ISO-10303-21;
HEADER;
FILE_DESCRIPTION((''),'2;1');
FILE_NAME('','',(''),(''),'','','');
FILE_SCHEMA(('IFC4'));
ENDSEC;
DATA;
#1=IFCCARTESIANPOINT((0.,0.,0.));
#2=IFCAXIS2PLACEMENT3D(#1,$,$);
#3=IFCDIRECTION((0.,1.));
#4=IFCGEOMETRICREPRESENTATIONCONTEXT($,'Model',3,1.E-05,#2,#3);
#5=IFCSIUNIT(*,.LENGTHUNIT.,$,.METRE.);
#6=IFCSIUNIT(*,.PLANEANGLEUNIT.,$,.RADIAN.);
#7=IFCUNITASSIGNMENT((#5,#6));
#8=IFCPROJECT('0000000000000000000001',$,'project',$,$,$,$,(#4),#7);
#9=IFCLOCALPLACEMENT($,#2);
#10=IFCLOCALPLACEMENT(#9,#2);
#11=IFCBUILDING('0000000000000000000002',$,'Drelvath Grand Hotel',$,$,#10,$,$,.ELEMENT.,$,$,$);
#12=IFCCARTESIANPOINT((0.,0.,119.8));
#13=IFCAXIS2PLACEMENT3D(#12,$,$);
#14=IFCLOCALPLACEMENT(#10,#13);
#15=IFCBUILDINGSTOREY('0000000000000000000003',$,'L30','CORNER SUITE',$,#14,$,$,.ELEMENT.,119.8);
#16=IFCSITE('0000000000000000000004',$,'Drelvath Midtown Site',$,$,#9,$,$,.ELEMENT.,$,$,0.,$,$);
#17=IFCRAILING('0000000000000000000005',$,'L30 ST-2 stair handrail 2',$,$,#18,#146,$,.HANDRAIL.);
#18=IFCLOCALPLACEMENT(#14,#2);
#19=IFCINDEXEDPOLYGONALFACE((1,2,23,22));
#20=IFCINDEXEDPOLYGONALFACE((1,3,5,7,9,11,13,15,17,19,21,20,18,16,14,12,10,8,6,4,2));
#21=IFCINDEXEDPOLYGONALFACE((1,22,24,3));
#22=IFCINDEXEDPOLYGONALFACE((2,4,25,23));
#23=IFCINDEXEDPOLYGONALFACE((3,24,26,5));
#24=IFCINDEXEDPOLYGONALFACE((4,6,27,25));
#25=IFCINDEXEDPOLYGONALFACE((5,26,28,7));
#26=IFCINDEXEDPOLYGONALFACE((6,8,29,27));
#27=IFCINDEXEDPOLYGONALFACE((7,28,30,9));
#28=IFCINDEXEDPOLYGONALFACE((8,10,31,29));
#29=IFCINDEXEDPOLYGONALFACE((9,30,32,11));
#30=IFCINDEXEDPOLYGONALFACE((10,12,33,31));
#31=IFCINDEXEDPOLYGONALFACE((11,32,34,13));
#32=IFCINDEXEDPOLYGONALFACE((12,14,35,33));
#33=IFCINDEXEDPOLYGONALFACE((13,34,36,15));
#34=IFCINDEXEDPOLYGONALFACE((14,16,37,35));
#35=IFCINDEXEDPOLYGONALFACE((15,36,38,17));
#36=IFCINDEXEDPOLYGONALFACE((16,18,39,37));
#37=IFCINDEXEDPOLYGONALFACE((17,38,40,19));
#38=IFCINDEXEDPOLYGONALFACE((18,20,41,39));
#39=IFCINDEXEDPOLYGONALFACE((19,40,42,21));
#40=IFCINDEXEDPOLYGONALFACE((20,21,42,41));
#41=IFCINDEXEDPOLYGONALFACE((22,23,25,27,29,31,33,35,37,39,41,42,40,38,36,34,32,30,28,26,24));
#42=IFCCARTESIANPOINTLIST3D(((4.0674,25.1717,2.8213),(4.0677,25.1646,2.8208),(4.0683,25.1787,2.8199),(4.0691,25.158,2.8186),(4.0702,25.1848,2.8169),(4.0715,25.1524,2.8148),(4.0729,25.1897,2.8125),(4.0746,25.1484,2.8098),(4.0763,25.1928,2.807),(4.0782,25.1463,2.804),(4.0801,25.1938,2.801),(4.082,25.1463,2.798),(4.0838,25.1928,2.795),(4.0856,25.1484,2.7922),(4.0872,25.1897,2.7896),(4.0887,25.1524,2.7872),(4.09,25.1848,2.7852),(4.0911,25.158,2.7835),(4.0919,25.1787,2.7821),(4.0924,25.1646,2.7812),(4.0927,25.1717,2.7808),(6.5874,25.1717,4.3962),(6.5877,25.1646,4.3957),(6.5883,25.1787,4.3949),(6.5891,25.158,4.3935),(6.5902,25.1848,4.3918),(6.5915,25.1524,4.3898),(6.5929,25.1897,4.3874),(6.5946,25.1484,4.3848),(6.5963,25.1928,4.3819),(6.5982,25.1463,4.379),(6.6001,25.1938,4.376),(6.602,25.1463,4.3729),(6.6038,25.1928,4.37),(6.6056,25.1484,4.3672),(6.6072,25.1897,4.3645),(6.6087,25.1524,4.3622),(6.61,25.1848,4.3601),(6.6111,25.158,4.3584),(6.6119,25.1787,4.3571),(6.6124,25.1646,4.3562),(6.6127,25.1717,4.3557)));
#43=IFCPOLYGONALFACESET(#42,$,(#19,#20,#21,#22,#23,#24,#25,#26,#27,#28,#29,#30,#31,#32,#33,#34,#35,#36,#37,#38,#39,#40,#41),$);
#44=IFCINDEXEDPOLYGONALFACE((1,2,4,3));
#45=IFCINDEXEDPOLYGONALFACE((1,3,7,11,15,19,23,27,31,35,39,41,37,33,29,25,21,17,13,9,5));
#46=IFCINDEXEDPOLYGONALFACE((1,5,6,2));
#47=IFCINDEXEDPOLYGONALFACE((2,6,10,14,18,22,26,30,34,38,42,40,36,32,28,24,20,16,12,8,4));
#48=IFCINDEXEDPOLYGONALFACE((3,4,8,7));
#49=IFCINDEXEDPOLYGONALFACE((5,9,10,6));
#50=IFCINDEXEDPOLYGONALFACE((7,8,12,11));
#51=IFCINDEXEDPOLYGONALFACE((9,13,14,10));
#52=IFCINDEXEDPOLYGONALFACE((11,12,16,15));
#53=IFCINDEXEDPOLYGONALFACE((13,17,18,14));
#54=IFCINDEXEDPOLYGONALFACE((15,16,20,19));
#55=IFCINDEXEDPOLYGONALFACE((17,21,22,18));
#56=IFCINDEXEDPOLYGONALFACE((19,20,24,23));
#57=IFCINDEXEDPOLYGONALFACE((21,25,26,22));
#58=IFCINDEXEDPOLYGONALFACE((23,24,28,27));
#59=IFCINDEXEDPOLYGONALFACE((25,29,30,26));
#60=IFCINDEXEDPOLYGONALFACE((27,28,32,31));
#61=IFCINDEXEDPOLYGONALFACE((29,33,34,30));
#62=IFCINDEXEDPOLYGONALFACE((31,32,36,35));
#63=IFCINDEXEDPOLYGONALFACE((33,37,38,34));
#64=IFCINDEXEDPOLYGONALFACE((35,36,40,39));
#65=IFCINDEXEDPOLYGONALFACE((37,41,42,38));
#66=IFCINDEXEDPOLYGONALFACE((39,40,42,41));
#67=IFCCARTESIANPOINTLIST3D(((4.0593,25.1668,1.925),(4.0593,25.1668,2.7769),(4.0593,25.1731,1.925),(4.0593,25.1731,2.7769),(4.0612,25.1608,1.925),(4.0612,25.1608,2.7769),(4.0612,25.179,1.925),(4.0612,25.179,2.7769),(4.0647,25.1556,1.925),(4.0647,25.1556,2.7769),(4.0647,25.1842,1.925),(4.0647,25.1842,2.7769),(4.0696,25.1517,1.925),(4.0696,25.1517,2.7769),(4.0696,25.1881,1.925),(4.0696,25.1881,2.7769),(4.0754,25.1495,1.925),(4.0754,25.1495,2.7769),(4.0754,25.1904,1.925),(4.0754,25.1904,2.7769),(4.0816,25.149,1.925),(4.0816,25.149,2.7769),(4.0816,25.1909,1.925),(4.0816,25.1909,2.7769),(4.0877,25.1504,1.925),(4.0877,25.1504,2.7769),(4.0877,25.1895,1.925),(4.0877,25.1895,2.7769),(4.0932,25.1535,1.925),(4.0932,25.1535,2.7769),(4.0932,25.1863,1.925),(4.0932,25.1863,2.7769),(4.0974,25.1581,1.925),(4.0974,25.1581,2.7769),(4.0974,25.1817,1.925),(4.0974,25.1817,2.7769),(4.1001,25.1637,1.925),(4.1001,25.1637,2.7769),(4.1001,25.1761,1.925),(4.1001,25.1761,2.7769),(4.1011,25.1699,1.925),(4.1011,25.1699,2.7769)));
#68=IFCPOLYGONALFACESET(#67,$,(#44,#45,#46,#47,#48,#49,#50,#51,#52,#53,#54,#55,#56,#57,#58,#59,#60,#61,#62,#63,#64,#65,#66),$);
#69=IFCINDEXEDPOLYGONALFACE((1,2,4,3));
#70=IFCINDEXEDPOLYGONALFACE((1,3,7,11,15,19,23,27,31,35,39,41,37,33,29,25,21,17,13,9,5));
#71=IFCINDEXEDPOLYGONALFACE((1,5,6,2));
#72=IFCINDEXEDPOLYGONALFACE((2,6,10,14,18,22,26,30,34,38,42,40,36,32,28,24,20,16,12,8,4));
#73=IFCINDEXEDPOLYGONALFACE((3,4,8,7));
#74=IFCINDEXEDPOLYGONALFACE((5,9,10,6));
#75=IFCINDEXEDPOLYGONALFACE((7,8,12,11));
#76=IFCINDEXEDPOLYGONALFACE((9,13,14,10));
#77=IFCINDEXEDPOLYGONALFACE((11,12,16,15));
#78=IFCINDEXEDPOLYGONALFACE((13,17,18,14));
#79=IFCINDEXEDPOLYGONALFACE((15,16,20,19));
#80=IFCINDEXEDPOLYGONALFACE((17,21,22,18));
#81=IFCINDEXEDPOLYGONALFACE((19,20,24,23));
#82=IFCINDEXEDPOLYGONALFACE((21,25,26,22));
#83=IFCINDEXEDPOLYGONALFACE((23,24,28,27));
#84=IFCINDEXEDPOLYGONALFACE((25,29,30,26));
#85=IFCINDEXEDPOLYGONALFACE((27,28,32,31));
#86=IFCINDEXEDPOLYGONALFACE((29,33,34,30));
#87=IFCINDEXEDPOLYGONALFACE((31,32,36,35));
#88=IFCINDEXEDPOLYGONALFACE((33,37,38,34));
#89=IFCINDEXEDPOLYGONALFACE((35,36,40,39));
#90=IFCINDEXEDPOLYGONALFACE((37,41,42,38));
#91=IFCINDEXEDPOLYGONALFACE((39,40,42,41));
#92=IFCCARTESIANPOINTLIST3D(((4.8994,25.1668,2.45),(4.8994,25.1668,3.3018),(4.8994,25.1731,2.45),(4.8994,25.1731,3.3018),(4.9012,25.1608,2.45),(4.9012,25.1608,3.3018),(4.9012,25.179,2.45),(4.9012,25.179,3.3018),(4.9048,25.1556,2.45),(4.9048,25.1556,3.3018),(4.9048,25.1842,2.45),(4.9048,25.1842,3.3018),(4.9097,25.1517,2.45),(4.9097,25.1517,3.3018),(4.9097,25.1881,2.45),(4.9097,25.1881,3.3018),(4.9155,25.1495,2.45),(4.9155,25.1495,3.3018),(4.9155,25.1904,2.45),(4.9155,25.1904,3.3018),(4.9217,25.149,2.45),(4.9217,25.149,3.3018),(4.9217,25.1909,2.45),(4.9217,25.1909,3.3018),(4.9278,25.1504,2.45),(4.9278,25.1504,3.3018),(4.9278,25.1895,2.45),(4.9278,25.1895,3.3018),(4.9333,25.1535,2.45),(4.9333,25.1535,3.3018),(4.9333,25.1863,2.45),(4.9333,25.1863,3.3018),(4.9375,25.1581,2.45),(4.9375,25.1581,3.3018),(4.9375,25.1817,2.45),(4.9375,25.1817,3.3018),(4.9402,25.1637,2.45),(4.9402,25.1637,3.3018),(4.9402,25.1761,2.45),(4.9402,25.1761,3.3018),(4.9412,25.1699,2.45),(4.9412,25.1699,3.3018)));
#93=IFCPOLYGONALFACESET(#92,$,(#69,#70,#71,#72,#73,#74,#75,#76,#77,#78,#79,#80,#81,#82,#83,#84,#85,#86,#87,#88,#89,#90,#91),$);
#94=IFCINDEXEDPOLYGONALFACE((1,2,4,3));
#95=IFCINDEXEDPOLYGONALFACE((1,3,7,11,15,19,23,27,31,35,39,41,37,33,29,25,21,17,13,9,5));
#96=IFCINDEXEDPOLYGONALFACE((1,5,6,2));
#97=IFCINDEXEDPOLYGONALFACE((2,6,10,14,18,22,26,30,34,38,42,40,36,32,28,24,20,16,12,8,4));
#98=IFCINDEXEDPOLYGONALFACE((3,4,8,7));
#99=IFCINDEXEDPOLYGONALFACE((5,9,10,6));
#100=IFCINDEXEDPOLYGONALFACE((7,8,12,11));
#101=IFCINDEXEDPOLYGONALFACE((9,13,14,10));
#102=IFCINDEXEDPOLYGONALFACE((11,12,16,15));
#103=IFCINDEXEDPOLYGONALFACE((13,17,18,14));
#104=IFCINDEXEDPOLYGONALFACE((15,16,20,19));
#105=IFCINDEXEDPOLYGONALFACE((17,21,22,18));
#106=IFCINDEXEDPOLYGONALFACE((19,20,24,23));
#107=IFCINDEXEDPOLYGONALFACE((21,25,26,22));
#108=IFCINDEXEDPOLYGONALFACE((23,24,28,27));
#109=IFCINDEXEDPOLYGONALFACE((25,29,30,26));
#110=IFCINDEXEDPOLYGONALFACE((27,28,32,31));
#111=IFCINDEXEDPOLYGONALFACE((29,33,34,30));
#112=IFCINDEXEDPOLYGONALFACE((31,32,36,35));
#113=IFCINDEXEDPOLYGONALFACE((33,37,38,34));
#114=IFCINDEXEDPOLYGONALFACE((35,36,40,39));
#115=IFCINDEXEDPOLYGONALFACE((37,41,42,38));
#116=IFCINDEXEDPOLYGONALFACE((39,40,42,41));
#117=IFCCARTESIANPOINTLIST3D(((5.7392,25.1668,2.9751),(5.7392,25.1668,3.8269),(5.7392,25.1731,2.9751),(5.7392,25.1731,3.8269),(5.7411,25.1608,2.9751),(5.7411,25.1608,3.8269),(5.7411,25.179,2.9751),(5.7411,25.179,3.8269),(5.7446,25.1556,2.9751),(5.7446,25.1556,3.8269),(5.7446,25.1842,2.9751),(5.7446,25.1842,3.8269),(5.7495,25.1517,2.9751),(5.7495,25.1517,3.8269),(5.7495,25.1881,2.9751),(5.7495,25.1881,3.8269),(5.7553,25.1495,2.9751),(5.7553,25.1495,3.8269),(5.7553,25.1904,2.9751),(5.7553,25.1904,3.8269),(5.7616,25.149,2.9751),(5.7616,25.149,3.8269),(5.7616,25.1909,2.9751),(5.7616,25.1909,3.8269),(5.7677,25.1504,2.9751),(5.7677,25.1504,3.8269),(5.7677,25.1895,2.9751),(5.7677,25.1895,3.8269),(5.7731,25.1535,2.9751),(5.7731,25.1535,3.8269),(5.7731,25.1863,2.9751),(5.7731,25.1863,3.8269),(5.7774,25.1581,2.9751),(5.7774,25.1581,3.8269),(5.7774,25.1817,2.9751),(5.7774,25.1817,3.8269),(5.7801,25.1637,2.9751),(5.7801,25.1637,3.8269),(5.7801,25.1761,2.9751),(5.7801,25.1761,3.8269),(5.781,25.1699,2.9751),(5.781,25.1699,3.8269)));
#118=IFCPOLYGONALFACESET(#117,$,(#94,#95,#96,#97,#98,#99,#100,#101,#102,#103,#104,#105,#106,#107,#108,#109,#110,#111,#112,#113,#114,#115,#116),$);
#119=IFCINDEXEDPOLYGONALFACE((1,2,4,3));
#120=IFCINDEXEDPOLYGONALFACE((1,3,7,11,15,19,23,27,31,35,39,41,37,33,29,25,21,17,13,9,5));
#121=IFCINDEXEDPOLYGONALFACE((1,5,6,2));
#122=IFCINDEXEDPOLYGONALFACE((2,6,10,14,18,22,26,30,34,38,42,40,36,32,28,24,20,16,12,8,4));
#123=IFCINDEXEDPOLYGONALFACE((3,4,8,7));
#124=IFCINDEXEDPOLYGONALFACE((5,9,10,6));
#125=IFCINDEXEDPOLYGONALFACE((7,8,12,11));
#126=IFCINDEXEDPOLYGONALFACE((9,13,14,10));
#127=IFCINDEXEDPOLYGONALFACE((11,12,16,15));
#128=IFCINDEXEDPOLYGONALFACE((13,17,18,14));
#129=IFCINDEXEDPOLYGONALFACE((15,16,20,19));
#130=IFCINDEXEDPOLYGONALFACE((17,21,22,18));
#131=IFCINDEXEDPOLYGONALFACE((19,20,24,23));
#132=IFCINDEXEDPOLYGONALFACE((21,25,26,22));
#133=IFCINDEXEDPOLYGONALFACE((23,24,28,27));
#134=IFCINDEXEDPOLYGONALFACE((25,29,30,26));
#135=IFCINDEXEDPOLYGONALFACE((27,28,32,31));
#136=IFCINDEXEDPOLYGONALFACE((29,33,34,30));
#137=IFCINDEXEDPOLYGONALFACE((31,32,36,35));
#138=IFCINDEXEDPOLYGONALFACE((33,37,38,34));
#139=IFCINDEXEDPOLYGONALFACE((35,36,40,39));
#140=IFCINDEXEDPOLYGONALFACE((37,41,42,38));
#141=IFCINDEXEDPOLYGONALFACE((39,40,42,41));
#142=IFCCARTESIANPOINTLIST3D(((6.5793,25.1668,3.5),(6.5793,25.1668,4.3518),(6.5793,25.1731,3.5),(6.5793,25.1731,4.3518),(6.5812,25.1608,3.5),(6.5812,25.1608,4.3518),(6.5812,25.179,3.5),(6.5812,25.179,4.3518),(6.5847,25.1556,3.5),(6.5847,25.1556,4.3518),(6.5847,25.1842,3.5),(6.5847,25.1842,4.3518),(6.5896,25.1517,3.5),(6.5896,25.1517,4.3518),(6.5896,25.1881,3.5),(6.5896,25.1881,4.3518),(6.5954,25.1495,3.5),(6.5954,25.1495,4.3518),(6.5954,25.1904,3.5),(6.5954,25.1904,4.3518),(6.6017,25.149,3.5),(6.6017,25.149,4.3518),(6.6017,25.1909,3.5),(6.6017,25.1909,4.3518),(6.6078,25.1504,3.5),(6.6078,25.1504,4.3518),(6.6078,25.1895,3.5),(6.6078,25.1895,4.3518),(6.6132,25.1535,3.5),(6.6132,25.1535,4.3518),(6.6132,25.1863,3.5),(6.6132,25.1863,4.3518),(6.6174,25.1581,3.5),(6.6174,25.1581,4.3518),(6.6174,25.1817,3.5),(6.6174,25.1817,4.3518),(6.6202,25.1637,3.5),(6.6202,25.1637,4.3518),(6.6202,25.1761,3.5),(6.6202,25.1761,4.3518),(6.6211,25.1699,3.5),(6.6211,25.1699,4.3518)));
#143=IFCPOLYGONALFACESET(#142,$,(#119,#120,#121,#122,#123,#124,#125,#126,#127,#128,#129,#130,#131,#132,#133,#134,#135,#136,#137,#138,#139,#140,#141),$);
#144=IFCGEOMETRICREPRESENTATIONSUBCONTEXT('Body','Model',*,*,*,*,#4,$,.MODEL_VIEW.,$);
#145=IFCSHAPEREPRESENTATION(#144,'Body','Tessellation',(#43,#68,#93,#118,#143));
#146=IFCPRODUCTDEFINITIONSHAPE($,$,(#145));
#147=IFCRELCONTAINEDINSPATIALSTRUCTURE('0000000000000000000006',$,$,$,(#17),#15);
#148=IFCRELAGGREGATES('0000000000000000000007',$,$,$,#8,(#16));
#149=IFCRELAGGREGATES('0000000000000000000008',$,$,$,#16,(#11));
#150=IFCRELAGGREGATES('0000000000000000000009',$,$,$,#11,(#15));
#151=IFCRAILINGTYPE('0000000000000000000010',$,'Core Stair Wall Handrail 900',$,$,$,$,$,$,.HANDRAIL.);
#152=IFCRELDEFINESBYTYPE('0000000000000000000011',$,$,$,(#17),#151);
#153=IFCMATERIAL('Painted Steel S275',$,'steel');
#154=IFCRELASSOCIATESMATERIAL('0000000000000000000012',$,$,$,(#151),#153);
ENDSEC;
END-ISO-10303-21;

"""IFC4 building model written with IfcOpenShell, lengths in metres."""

from ifc_helpers import new_model, si_unit, direction, frame, origin, origin_2d, place, context, subcontext, project, spatial, circle, extrude, material, type_object, element, save


model = new_model("IFC4")

# Units and contexts
model_context = context("Model", 3, precision=1e-05, world=origin(), true_north=direction((0.0, 1.0)))
body_context = subcontext(model_context, "Body", "Model", "MODEL_VIEW")
ifc_project = project(units=[si_unit("LENGTHUNIT", "METRE"), si_unit("PLANEANGLEUNIT", "RADIAN")], contexts=[model_context])

# Site, building, storey
site_placement = place(None, origin())
site = spatial("IfcSite", under=ifc_project, at=site_placement, Name="Drelvath Midtown Site", CompositionType="ELEMENT", RefElevation=0.0)
building_placement = place(site_placement, origin())
building = spatial("IfcBuilding", under=site, at=building_placement, Name="Drelvath Grand Hotel", CompositionType="ELEMENT")
storey_placement = place(building_placement, frame((0.0, 0.0, 119.8)))
storey = spatial("IfcBuildingStorey", under=building, at=storey_placement, Name="L30", Description="CORNER SUITE", CompositionType="ELEMENT", Elevation=119.8)

# Railing
ifc_material_1 = material(Name="Painted Steel S275", Category="steel")
railing_type_1 = type_object("IfcRailingType", Name="Core Stair Wall Handrail 900", PredefinedType="HANDRAIL", material=ifc_material_1)
railing_1_placement = place(storey_placement, frame((4.0801, 25.1699, 1.925)))
element("IfcRailing", 1, at=railing_1_placement, inside=storey, type_object=railing_type_1, Name="L30 ST-2 stair handrail 2", PredefinedType="HANDRAIL", context=body_context, shape_type="SweptSolid", body=[
    extrude(circle(Radius=0.0239, at=origin_2d()), frame((0.0, 0.0, 0.876), z_axis=(0.848008, 0.0, 0.529984), x_axis=(0.0, 1.0, 0.0)), (0.0, 0.0, 1.0), 2.9717),
    extrude(circle(Radius=0.021, at=origin_2d()), origin(), (0.0, 0.0, 1.0), 0.8518),
    extrude(circle(Radius=0.021, at=origin_2d()), frame((0.8401, 0.0, 0.5249)), (0.0, 0.0, 1.0), 0.8518),
    extrude(circle(Radius=0.021, at=origin_2d()), frame((1.6799, 0.0, 1.05)), (0.0, 0.0, 1.0), 0.8518),
    extrude(circle(Radius=0.021, at=origin_2d()), frame((2.52, 0.0, 1.575)), (0.0, 0.0, 1.0), 0.8518),
])

save(model, "model.ifc")
